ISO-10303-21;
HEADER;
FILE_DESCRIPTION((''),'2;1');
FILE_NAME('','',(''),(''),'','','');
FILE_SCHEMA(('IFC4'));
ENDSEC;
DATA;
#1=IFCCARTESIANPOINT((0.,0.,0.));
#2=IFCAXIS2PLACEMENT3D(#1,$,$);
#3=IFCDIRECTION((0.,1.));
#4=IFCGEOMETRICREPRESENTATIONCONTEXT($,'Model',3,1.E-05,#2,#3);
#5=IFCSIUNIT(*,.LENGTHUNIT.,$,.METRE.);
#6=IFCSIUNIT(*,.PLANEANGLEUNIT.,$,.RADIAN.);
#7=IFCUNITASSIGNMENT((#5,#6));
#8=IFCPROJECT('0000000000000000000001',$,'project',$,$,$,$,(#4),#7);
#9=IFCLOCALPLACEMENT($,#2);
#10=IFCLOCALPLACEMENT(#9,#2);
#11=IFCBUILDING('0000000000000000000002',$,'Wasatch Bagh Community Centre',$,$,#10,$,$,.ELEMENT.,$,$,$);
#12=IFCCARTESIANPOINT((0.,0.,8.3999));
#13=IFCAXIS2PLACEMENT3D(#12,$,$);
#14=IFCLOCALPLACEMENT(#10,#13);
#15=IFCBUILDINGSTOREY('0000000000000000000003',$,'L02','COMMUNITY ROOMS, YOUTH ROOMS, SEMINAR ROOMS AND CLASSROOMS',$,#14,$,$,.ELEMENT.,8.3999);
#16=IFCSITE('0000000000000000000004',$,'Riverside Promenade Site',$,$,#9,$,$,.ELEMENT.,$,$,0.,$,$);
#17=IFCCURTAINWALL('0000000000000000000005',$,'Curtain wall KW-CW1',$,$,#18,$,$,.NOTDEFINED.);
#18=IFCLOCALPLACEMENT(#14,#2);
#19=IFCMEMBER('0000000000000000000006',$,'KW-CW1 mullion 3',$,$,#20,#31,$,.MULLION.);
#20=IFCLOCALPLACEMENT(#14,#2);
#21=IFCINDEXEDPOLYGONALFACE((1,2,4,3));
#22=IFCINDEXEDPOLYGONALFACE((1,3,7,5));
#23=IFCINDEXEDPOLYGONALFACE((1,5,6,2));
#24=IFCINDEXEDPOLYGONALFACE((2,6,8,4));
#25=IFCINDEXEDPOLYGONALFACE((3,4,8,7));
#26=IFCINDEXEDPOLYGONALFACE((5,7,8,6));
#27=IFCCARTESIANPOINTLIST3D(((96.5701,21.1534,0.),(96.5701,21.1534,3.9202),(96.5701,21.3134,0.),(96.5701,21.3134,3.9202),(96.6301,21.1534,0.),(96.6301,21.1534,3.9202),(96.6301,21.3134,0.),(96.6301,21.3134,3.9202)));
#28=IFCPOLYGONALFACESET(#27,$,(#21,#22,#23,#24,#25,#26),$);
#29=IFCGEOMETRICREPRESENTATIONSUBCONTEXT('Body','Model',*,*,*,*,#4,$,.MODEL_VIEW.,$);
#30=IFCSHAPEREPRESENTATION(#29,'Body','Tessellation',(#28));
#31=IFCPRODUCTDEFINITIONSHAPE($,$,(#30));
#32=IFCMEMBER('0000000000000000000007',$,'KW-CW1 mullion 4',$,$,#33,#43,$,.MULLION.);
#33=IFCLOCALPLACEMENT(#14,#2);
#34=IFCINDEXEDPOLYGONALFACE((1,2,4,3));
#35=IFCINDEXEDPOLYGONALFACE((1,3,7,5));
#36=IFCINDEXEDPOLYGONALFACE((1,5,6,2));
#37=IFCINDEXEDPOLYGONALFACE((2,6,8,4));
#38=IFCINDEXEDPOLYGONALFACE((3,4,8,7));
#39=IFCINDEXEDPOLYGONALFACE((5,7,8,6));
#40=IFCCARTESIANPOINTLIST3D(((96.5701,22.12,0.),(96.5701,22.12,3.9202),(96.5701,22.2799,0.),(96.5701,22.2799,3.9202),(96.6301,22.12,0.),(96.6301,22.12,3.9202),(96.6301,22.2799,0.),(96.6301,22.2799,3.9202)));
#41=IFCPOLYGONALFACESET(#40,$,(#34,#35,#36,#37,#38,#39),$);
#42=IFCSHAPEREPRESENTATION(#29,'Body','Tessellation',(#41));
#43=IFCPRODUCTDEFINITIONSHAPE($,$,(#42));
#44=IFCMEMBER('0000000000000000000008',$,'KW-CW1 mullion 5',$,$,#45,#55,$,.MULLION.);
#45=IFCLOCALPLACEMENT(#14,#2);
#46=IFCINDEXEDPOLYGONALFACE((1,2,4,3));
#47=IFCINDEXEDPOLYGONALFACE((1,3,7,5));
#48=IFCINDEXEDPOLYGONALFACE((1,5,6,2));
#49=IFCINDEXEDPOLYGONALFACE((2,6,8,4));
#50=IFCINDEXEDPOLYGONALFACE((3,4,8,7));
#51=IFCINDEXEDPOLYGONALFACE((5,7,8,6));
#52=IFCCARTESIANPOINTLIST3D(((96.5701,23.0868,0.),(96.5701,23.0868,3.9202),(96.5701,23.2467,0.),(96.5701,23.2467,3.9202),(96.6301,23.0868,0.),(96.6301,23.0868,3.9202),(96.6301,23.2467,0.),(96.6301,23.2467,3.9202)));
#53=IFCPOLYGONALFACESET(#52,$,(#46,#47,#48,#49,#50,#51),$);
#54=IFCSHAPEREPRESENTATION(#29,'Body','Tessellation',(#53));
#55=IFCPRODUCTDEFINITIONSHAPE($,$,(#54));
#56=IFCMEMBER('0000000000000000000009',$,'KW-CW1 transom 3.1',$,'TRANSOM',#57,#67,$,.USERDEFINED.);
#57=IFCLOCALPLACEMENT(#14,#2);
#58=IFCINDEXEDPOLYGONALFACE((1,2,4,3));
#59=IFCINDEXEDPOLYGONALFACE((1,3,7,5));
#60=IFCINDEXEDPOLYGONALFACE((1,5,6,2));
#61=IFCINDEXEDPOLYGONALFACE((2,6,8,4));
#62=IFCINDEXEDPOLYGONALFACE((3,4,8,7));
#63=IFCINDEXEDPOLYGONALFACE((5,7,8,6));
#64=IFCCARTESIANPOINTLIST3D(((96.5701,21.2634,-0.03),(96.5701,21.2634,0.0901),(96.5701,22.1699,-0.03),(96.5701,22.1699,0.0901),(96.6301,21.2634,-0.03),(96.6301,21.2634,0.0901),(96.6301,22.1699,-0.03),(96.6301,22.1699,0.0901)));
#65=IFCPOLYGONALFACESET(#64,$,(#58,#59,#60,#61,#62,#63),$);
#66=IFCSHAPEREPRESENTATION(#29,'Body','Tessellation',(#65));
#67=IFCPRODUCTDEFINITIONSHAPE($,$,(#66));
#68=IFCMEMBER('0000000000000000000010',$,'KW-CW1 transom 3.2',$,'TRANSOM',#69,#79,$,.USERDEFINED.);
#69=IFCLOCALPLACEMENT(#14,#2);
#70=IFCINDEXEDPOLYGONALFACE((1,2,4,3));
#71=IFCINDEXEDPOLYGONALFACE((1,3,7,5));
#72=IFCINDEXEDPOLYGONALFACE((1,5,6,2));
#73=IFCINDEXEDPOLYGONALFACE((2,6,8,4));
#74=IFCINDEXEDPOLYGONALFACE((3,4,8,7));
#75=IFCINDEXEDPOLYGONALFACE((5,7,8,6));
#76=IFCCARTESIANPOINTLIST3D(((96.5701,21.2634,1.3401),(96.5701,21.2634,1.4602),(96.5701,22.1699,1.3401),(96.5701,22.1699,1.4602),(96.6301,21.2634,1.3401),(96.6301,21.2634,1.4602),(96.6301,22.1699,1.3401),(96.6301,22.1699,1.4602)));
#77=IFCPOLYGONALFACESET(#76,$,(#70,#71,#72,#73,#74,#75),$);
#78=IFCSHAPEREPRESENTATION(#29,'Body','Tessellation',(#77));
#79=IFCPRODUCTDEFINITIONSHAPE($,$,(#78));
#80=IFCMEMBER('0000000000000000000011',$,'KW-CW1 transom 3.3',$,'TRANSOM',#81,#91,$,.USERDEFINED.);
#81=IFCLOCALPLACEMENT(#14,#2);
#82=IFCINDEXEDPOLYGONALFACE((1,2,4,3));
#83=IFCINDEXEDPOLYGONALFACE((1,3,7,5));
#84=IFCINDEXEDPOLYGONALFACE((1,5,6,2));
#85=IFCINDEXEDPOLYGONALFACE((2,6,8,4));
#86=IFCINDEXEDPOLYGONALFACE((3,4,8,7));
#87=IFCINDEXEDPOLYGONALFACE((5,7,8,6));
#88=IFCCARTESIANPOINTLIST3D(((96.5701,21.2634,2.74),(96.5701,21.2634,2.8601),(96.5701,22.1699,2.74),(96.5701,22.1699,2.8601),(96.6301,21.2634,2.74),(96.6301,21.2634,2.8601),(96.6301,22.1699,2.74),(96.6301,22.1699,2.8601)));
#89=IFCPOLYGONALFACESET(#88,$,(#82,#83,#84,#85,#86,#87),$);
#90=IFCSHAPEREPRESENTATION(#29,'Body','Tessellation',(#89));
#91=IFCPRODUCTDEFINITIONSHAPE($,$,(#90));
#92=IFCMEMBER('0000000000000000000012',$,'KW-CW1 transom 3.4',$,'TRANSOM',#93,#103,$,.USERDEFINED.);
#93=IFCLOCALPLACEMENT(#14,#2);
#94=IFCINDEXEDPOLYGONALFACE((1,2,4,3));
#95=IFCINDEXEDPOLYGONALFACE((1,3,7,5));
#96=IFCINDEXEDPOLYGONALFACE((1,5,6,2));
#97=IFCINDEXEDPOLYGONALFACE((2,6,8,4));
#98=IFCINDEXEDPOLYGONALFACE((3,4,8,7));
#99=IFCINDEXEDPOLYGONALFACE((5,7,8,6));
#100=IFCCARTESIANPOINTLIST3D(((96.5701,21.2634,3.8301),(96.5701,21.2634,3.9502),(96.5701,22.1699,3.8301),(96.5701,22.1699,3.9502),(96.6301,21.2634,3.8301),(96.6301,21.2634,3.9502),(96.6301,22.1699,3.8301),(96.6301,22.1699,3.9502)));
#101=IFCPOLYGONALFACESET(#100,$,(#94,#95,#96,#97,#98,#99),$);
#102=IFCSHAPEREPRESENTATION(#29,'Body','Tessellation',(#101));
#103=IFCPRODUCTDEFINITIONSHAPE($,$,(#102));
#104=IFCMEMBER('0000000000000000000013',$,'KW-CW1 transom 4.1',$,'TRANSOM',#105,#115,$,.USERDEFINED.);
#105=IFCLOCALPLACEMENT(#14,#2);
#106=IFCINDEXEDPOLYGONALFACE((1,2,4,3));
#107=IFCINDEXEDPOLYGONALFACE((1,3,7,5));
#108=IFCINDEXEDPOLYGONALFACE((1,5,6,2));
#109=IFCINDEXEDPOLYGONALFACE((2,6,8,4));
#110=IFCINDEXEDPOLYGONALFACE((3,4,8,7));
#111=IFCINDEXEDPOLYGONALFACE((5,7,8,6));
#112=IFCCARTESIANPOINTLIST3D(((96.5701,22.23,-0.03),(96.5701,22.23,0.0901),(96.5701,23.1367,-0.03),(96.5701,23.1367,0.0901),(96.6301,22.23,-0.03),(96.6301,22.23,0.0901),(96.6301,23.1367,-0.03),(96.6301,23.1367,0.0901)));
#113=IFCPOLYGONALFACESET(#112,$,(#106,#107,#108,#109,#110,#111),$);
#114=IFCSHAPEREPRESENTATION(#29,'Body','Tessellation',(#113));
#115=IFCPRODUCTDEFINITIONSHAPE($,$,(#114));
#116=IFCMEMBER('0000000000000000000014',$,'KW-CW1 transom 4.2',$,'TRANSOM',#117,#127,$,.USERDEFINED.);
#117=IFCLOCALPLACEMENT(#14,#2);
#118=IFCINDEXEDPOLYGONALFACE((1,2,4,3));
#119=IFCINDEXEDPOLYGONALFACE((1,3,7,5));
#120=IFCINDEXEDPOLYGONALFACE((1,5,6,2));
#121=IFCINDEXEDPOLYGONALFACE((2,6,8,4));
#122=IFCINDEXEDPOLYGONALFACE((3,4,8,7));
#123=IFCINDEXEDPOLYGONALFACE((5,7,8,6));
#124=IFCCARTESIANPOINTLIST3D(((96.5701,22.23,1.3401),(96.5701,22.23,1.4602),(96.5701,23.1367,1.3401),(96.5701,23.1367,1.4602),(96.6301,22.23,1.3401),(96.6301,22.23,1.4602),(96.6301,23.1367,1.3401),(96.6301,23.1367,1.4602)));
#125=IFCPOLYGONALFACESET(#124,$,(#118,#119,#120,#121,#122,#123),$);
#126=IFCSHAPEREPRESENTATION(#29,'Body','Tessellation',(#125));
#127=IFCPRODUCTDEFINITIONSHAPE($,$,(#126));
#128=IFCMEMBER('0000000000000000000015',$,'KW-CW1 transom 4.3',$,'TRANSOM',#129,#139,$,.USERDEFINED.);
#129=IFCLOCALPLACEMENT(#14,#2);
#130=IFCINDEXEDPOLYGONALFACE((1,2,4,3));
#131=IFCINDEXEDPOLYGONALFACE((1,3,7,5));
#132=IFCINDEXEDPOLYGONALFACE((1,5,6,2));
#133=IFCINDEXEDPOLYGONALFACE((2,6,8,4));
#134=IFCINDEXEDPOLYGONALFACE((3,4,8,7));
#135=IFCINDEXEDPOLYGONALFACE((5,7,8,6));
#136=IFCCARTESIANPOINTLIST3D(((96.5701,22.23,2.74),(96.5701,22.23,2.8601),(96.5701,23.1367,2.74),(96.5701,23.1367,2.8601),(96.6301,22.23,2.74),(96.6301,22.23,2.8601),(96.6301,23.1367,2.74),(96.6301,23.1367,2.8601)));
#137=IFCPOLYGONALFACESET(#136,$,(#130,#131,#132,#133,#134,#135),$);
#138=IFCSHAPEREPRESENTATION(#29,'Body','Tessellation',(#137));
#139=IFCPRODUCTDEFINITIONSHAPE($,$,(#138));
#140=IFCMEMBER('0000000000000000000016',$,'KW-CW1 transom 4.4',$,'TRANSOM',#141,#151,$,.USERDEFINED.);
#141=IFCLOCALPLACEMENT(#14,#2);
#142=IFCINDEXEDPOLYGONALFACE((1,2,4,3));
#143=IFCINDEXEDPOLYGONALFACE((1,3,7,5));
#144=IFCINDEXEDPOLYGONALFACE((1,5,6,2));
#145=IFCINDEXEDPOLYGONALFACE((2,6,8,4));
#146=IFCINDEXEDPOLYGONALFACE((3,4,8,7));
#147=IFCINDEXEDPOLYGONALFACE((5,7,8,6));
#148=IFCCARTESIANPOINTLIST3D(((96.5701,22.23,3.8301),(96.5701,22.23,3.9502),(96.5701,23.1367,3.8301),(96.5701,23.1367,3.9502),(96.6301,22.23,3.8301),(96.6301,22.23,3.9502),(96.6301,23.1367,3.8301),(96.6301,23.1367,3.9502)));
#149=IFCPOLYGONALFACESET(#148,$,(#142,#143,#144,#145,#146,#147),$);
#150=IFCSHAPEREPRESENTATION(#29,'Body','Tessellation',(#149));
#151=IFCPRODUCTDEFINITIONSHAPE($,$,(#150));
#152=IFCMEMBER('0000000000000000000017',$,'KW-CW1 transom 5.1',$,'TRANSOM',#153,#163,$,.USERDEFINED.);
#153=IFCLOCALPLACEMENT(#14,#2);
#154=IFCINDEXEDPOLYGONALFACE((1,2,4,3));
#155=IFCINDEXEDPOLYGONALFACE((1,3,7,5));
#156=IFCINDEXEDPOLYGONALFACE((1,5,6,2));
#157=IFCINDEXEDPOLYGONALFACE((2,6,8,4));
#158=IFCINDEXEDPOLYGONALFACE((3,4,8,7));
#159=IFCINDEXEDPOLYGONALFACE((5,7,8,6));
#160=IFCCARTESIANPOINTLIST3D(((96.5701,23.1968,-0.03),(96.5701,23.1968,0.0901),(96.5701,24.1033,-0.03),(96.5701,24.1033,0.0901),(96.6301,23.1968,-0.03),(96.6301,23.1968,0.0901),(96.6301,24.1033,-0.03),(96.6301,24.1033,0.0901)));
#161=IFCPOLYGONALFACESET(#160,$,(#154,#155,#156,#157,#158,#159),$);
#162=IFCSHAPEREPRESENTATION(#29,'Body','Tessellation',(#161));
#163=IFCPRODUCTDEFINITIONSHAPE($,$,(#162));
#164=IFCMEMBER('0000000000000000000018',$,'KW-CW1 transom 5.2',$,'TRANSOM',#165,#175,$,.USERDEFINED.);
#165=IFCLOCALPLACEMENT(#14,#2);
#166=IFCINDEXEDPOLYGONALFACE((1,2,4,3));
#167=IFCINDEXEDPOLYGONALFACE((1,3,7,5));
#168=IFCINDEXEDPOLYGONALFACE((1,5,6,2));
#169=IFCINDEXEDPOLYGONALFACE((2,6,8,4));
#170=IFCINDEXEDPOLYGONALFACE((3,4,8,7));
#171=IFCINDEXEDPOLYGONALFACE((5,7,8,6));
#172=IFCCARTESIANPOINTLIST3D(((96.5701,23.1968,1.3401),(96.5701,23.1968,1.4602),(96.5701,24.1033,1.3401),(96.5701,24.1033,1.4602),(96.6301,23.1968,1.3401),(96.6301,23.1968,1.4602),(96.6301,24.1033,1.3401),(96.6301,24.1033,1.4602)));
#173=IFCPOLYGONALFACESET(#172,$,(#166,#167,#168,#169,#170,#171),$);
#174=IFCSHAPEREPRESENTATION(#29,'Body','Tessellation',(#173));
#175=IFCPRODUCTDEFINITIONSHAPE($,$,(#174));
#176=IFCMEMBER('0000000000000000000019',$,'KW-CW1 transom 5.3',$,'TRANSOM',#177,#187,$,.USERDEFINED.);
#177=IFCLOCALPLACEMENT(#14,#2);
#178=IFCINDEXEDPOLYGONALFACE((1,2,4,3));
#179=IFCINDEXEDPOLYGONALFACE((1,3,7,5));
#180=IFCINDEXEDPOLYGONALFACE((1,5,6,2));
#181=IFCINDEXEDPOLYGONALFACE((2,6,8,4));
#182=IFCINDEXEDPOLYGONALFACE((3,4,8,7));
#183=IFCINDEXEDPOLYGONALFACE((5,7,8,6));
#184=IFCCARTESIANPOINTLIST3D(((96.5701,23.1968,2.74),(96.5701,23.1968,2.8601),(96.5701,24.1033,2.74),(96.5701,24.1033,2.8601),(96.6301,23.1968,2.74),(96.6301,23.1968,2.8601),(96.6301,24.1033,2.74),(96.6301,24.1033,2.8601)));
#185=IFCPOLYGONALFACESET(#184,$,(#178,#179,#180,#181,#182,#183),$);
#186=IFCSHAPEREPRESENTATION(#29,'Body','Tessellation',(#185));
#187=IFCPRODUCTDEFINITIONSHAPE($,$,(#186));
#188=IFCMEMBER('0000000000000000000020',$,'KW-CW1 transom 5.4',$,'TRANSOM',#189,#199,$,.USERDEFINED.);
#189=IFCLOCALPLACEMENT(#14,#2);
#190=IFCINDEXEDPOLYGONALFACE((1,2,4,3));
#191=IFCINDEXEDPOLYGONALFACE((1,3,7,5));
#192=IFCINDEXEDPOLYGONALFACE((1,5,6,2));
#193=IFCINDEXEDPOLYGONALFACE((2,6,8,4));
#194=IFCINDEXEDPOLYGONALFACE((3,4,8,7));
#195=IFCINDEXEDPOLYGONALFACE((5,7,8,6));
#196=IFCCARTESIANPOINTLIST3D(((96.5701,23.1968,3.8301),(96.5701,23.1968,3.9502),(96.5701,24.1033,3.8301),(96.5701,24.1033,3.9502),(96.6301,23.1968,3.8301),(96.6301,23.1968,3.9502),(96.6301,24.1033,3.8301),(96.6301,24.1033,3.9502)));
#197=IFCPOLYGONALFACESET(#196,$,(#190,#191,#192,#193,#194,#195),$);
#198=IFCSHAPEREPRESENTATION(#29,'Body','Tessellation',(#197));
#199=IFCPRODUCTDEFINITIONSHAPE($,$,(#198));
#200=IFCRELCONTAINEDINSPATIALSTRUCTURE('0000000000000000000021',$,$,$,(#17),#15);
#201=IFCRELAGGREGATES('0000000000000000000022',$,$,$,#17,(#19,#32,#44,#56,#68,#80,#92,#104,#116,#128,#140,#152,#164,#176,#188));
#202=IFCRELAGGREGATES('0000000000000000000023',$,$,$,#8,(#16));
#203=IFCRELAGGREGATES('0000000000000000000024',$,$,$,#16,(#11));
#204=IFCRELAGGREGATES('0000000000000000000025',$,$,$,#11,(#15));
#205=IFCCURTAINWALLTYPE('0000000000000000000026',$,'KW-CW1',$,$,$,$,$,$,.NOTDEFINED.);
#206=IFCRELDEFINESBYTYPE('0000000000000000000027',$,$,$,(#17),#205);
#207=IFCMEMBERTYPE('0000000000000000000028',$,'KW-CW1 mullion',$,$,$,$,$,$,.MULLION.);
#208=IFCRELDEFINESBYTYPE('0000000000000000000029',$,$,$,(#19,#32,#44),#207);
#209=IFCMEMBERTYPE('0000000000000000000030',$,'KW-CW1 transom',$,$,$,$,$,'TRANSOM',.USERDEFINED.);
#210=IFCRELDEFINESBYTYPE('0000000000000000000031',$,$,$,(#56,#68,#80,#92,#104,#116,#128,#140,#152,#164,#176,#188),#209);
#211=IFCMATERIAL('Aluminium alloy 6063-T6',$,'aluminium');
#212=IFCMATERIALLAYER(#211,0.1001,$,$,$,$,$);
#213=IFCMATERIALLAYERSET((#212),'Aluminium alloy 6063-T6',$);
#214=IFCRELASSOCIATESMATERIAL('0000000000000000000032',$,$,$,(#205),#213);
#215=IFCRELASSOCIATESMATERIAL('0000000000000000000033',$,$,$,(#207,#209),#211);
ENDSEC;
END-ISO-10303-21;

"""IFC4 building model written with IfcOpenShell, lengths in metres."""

from ifc_helpers import new_model, si_unit, direction, frame, origin, origin_2d, place, context, subcontext, project, spatial, rectangle, extrude, material, layer, layer_set, material_profile, profile_set, type_object, element, aggregate, save


model = new_model("IFC4")

# Units and contexts
model_context = context("Model", 3, precision=1e-05, world=origin(), true_north=direction((0.0, 1.0)))
body_context = subcontext(model_context, "Body", "Model", "MODEL_VIEW")
ifc_project = project(units=[si_unit("LENGTHUNIT", "METRE"), si_unit("PLANEANGLEUNIT", "RADIAN")], contexts=[model_context])

# Site, building, storey
site_placement = place(None, origin())
site = spatial("IfcSite", under=ifc_project, at=site_placement, Name="Riverside Promenade Site", CompositionType="ELEMENT", RefElevation=0.0)
building_placement = place(site_placement, origin())
building = spatial("IfcBuilding", under=site, at=building_placement, Name="Wasatch Bagh Community Centre", CompositionType="ELEMENT")
storey_placement = place(building_placement, frame((0.0, 0.0, 8.3999)))
storey = spatial("IfcBuildingStorey", under=building, at=storey_placement, Name="L02", Description="COMMUNITY ROOMS, YOUTH ROOMS, SEMINAR ROOMS AND CLASSROOMS", CompositionType="ELEMENT", Elevation=8.3999)

# Curtain wall, members
ifc_material_1 = material(Name="Aluminium alloy 6063-T6", Category="aluminium")
ifc_layer_1 = layer(ifc_material_1, 0.1001)
ifc_layer_set_1 = layer_set([ifc_layer_1], Name="Aluminium alloy 6063-T6")
curtain_wall_type = type_object("IfcCurtainWallType", Name="KW-CW1", PredefinedType="NOTDEFINED", material=ifc_layer_set_1)
curtain_wall_placement = place(storey_placement, origin())
curtain_wall = element("IfcCurtainWall", 1, at=curtain_wall_placement, inside=storey, type_object=curtain_wall_type, Name="Curtain wall KW-CW1", PredefinedType="NOTDEFINED")
ifc_material_profile_1 = material_profile(ifc_material_1, rectangle(XDim=0.0601, YDim=0.1599, at=origin_2d()), Name="AL 60x160")
ifc_profile_set_1 = profile_set([ifc_material_profile_1], Name="Aluminium alloy 6063-T6")
member_type_1 = type_object("IfcMemberType", Name="KW-CW1 mullion", PredefinedType="MULLION", material=ifc_profile_set_1)
member_1_placement = place(storey_placement, frame((96.6001, 21.2334, 0.0), z_axis=(0.0, 0.0, 1.0), x_axis=(-1.0, 0.0, 0.0)))
member_1 = element("IfcMember", 2, at=member_1_placement, type_object=member_type_1, Name="KW-CW1 mullion 3", PredefinedType="MULLION", context=body_context, shape_type="SweptSolid", body=[
    extrude(rectangle(XDim=0.0601, YDim=0.1599, at=origin_2d()), origin(), (0.0, 0.0, 1.0), 3.9202),
])
member_2_placement = place(storey_placement, frame((96.6001, 22.2, 0.0), z_axis=(0.0, 0.0, 1.0), x_axis=(-1.0, 0.0, 0.0)))
member_2 = element("IfcMember", 3, at=member_2_placement, type_object=member_type_1, Name="KW-CW1 mullion 4", PredefinedType="MULLION", context=body_context, shape_type="SweptSolid", body=[
    extrude(rectangle(XDim=0.0601, YDim=0.1599, at=origin_2d()), origin(), (0.0, 0.0, 1.0), 3.9202),
])
member_3_placement = place(storey_placement, frame((96.6001, 23.1667, 0.0), z_axis=(0.0, 0.0, 1.0), x_axis=(-1.0, 0.0, 0.0)))
member_3 = element("IfcMember", 4, at=member_3_placement, type_object=member_type_1, Name="KW-CW1 mullion 5", PredefinedType="MULLION", context=body_context, shape_type="SweptSolid", body=[
    extrude(rectangle(XDim=0.0601, YDim=0.1599, at=origin_2d()), origin(), (0.0, 0.0, 1.0), 3.9202),
])
ifc_material_profile_2 = material_profile(ifc_material_1, rectangle(XDim=0.0601, YDim=0.1201, at=origin_2d()), Name="AL 60x120")
ifc_profile_set_2 = profile_set([ifc_material_profile_2], Name="Aluminium alloy 6063-T6")
member_type_2 = type_object("IfcMemberType", Name="KW-CW1 transom", ElementType="TRANSOM", PredefinedType="USERDEFINED", material=ifc_profile_set_2)
member_4_placement = place(storey_placement, frame((96.6001, 21.2634, 0.03), z_axis=(0.0, 1.0, 0.0), x_axis=(-1.0, 0.0, 0.0)))
member_4 = element("IfcMember", 5, at=member_4_placement, type_object=member_type_2, Name="KW-CW1 transom 3.1", ObjectType="TRANSOM", PredefinedType="USERDEFINED", context=body_context, shape_type="SweptSolid", body=[
    extrude(rectangle(XDim=0.0601, YDim=0.1201, at=origin_2d()), origin(), (0.0, 0.0, 1.0), 0.9065),
])
member_5_placement = place(storey_placement, frame((96.6001, 21.2634, 1.4001), z_axis=(0.0, 1.0, 0.0), x_axis=(-1.0, 0.0, 0.0)))
member_5 = element("IfcMember", 6, at=member_5_placement, type_object=member_type_2, Name="KW-CW1 transom 3.2", ObjectType="TRANSOM", PredefinedType="USERDEFINED", context=body_context, shape_type="SweptSolid", body=[
    extrude(rectangle(XDim=0.0601, YDim=0.1201, at=origin_2d()), origin(), (0.0, 0.0, 1.0), 0.9065),
])
member_6_placement = place(storey_placement, frame((96.6001, 21.2634, 2.8), z_axis=(0.0, 1.0, 0.0), x_axis=(-1.0, 0.0, 0.0)))
member_6 = element("IfcMember", 7, at=member_6_placement, type_object=member_type_2, Name="KW-CW1 transom 3.3", ObjectType="TRANSOM", PredefinedType="USERDEFINED", context=body_context, shape_type="SweptSolid", body=[
    extrude(rectangle(XDim=0.0601, YDim=0.1201, at=origin_2d()), origin(), (0.0, 0.0, 1.0), 0.9065),
])
member_7_placement = place(storey_placement, frame((96.6001, 21.2634, 3.8901), z_axis=(0.0, 1.0, 0.0), x_axis=(-1.0, 0.0, 0.0)))
member_7 = element("IfcMember", 8, at=member_7_placement, type_object=member_type_2, Name="KW-CW1 transom 3.4", ObjectType="TRANSOM", PredefinedType="USERDEFINED", context=body_context, shape_type="SweptSolid", body=[
    extrude(rectangle(XDim=0.0601, YDim=0.1201, at=origin_2d()), origin(), (0.0, 0.0, 1.0), 0.9065),
])
member_8_placement = place(storey_placement, frame((96.6001, 22.23, 0.03), z_axis=(0.0, 1.0, 0.0), x_axis=(-1.0, 0.0, 0.0)))
member_8 = element("IfcMember", 9, at=member_8_placement, type_object=member_type_2, Name="KW-CW1 transom 4.1", ObjectType="TRANSOM", PredefinedType="USERDEFINED", context=body_context, shape_type="SweptSolid", body=[
    extrude(rectangle(XDim=0.0601, YDim=0.1201, at=origin_2d()), origin(), (0.0, 0.0, 1.0), 0.9067),
])
member_9_placement = place(storey_placement, frame((96.6001, 22.23, 1.4001), z_axis=(0.0, 1.0, 0.0), x_axis=(-1.0, 0.0, 0.0)))
member_9 = element("IfcMember", 10, at=member_9_placement, type_object=member_type_2, Name="KW-CW1 transom 4.2", ObjectType="TRANSOM", PredefinedType="USERDEFINED", context=body_context, shape_type="SweptSolid", body=[
    extrude(rectangle(XDim=0.0601, YDim=0.1201, at=origin_2d()), origin(), (0.0, 0.0, 1.0), 0.9067),
])
member_10_placement = place(storey_placement, frame((96.6001, 22.23, 2.8), z_axis=(0.0, 1.0, 0.0), x_axis=(-1.0, 0.0, 0.0)))
member_10 = element("IfcMember", 11, at=member_10_placement, type_object=member_type_2, Name="KW-CW1 transom 4.3", ObjectType="TRANSOM", PredefinedType="USERDEFINED", context=body_context, shape_type="SweptSolid", body=[
    extrude(rectangle(XDim=0.0601, YDim=0.1201, at=origin_2d()), origin(), (0.0, 0.0, 1.0), 0.9067),
])
member_11_placement = place(storey_placement, frame((96.6001, 22.23, 3.8901), z_axis=(0.0, 1.0, 0.0), x_axis=(-1.0, 0.0, 0.0)))
member_11 = element("IfcMember", 12, at=member_11_placement, type_object=member_type_2, Name="KW-CW1 transom 4.4", ObjectType="TRANSOM", PredefinedType="USERDEFINED", context=body_context, shape_type="SweptSolid", body=[
    extrude(rectangle(XDim=0.0601, YDim=0.1201, at=origin_2d()), origin(), (0.0, 0.0, 1.0), 0.9067),
])
member_12_placement = place(storey_placement, frame((96.6001, 23.1968, 0.03), z_axis=(0.0, 1.0, 0.0), x_axis=(-1.0, 0.0, 0.0)))
member_12 = element("IfcMember", 13, at=member_12_placement, type_object=member_type_2, Name="KW-CW1 transom 5.1", ObjectType="TRANSOM", PredefinedType="USERDEFINED", context=body_context, shape_type="SweptSolid", body=[
    extrude(rectangle(XDim=0.0601, YDim=0.1201, at=origin_2d()), origin(), (0.0, 0.0, 1.0), 0.9065),
])
member_13_placement = place(storey_placement, frame((96.6001, 23.1968, 1.4001), z_axis=(0.0, 1.0, 0.0), x_axis=(-1.0, 0.0, 0.0)))
member_13 = element("IfcMember", 14, at=member_13_placement, type_object=member_type_2, Name="KW-CW1 transom 5.2", ObjectType="TRANSOM", PredefinedType="USERDEFINED", context=body_context, shape_type="SweptSolid", body=[
    extrude(rectangle(XDim=0.0601, YDim=0.1201, at=origin_2d()), origin(), (0.0, 0.0, 1.0), 0.9065),
])
member_14_placement = place(storey_placement, frame((96.6001, 23.1968, 2.8), z_axis=(0.0, 1.0, 0.0), x_axis=(-1.0, 0.0, 0.0)))
member_14 = element("IfcMember", 15, at=member_14_placement, type_object=member_type_2, Name="KW-CW1 transom 5.3", ObjectType="TRANSOM", PredefinedType="USERDEFINED", context=body_context, shape_type="SweptSolid", body=[
    extrude(rectangle(XDim=0.0601, YDim=0.1201, at=origin_2d()), origin(), (0.0, 0.0, 1.0), 0.9065),
])
member_15_placement = place(storey_placement, frame((96.6001, 23.1968, 3.8901), z_axis=(0.0, 1.0, 0.0), x_axis=(-1.0, 0.0, 0.0)))
member_15 = element("IfcMember", 16, at=member_15_placement, type_object=member_type_2, Name="KW-CW1 transom 5.4", ObjectType="TRANSOM", PredefinedType="USERDEFINED", context=body_context, shape_type="SweptSolid", body=[
    extrude(rectangle(XDim=0.0601, YDim=0.1201, at=origin_2d()), origin(), (0.0, 0.0, 1.0), 0.9065),
])
aggregate(curtain_wall, [member_1, member_2, member_3, member_4, member_5, member_6, member_7, member_8, member_9, member_10, member_11, member_12, member_13, member_14, member_15])

save(model, "model.ifc")
